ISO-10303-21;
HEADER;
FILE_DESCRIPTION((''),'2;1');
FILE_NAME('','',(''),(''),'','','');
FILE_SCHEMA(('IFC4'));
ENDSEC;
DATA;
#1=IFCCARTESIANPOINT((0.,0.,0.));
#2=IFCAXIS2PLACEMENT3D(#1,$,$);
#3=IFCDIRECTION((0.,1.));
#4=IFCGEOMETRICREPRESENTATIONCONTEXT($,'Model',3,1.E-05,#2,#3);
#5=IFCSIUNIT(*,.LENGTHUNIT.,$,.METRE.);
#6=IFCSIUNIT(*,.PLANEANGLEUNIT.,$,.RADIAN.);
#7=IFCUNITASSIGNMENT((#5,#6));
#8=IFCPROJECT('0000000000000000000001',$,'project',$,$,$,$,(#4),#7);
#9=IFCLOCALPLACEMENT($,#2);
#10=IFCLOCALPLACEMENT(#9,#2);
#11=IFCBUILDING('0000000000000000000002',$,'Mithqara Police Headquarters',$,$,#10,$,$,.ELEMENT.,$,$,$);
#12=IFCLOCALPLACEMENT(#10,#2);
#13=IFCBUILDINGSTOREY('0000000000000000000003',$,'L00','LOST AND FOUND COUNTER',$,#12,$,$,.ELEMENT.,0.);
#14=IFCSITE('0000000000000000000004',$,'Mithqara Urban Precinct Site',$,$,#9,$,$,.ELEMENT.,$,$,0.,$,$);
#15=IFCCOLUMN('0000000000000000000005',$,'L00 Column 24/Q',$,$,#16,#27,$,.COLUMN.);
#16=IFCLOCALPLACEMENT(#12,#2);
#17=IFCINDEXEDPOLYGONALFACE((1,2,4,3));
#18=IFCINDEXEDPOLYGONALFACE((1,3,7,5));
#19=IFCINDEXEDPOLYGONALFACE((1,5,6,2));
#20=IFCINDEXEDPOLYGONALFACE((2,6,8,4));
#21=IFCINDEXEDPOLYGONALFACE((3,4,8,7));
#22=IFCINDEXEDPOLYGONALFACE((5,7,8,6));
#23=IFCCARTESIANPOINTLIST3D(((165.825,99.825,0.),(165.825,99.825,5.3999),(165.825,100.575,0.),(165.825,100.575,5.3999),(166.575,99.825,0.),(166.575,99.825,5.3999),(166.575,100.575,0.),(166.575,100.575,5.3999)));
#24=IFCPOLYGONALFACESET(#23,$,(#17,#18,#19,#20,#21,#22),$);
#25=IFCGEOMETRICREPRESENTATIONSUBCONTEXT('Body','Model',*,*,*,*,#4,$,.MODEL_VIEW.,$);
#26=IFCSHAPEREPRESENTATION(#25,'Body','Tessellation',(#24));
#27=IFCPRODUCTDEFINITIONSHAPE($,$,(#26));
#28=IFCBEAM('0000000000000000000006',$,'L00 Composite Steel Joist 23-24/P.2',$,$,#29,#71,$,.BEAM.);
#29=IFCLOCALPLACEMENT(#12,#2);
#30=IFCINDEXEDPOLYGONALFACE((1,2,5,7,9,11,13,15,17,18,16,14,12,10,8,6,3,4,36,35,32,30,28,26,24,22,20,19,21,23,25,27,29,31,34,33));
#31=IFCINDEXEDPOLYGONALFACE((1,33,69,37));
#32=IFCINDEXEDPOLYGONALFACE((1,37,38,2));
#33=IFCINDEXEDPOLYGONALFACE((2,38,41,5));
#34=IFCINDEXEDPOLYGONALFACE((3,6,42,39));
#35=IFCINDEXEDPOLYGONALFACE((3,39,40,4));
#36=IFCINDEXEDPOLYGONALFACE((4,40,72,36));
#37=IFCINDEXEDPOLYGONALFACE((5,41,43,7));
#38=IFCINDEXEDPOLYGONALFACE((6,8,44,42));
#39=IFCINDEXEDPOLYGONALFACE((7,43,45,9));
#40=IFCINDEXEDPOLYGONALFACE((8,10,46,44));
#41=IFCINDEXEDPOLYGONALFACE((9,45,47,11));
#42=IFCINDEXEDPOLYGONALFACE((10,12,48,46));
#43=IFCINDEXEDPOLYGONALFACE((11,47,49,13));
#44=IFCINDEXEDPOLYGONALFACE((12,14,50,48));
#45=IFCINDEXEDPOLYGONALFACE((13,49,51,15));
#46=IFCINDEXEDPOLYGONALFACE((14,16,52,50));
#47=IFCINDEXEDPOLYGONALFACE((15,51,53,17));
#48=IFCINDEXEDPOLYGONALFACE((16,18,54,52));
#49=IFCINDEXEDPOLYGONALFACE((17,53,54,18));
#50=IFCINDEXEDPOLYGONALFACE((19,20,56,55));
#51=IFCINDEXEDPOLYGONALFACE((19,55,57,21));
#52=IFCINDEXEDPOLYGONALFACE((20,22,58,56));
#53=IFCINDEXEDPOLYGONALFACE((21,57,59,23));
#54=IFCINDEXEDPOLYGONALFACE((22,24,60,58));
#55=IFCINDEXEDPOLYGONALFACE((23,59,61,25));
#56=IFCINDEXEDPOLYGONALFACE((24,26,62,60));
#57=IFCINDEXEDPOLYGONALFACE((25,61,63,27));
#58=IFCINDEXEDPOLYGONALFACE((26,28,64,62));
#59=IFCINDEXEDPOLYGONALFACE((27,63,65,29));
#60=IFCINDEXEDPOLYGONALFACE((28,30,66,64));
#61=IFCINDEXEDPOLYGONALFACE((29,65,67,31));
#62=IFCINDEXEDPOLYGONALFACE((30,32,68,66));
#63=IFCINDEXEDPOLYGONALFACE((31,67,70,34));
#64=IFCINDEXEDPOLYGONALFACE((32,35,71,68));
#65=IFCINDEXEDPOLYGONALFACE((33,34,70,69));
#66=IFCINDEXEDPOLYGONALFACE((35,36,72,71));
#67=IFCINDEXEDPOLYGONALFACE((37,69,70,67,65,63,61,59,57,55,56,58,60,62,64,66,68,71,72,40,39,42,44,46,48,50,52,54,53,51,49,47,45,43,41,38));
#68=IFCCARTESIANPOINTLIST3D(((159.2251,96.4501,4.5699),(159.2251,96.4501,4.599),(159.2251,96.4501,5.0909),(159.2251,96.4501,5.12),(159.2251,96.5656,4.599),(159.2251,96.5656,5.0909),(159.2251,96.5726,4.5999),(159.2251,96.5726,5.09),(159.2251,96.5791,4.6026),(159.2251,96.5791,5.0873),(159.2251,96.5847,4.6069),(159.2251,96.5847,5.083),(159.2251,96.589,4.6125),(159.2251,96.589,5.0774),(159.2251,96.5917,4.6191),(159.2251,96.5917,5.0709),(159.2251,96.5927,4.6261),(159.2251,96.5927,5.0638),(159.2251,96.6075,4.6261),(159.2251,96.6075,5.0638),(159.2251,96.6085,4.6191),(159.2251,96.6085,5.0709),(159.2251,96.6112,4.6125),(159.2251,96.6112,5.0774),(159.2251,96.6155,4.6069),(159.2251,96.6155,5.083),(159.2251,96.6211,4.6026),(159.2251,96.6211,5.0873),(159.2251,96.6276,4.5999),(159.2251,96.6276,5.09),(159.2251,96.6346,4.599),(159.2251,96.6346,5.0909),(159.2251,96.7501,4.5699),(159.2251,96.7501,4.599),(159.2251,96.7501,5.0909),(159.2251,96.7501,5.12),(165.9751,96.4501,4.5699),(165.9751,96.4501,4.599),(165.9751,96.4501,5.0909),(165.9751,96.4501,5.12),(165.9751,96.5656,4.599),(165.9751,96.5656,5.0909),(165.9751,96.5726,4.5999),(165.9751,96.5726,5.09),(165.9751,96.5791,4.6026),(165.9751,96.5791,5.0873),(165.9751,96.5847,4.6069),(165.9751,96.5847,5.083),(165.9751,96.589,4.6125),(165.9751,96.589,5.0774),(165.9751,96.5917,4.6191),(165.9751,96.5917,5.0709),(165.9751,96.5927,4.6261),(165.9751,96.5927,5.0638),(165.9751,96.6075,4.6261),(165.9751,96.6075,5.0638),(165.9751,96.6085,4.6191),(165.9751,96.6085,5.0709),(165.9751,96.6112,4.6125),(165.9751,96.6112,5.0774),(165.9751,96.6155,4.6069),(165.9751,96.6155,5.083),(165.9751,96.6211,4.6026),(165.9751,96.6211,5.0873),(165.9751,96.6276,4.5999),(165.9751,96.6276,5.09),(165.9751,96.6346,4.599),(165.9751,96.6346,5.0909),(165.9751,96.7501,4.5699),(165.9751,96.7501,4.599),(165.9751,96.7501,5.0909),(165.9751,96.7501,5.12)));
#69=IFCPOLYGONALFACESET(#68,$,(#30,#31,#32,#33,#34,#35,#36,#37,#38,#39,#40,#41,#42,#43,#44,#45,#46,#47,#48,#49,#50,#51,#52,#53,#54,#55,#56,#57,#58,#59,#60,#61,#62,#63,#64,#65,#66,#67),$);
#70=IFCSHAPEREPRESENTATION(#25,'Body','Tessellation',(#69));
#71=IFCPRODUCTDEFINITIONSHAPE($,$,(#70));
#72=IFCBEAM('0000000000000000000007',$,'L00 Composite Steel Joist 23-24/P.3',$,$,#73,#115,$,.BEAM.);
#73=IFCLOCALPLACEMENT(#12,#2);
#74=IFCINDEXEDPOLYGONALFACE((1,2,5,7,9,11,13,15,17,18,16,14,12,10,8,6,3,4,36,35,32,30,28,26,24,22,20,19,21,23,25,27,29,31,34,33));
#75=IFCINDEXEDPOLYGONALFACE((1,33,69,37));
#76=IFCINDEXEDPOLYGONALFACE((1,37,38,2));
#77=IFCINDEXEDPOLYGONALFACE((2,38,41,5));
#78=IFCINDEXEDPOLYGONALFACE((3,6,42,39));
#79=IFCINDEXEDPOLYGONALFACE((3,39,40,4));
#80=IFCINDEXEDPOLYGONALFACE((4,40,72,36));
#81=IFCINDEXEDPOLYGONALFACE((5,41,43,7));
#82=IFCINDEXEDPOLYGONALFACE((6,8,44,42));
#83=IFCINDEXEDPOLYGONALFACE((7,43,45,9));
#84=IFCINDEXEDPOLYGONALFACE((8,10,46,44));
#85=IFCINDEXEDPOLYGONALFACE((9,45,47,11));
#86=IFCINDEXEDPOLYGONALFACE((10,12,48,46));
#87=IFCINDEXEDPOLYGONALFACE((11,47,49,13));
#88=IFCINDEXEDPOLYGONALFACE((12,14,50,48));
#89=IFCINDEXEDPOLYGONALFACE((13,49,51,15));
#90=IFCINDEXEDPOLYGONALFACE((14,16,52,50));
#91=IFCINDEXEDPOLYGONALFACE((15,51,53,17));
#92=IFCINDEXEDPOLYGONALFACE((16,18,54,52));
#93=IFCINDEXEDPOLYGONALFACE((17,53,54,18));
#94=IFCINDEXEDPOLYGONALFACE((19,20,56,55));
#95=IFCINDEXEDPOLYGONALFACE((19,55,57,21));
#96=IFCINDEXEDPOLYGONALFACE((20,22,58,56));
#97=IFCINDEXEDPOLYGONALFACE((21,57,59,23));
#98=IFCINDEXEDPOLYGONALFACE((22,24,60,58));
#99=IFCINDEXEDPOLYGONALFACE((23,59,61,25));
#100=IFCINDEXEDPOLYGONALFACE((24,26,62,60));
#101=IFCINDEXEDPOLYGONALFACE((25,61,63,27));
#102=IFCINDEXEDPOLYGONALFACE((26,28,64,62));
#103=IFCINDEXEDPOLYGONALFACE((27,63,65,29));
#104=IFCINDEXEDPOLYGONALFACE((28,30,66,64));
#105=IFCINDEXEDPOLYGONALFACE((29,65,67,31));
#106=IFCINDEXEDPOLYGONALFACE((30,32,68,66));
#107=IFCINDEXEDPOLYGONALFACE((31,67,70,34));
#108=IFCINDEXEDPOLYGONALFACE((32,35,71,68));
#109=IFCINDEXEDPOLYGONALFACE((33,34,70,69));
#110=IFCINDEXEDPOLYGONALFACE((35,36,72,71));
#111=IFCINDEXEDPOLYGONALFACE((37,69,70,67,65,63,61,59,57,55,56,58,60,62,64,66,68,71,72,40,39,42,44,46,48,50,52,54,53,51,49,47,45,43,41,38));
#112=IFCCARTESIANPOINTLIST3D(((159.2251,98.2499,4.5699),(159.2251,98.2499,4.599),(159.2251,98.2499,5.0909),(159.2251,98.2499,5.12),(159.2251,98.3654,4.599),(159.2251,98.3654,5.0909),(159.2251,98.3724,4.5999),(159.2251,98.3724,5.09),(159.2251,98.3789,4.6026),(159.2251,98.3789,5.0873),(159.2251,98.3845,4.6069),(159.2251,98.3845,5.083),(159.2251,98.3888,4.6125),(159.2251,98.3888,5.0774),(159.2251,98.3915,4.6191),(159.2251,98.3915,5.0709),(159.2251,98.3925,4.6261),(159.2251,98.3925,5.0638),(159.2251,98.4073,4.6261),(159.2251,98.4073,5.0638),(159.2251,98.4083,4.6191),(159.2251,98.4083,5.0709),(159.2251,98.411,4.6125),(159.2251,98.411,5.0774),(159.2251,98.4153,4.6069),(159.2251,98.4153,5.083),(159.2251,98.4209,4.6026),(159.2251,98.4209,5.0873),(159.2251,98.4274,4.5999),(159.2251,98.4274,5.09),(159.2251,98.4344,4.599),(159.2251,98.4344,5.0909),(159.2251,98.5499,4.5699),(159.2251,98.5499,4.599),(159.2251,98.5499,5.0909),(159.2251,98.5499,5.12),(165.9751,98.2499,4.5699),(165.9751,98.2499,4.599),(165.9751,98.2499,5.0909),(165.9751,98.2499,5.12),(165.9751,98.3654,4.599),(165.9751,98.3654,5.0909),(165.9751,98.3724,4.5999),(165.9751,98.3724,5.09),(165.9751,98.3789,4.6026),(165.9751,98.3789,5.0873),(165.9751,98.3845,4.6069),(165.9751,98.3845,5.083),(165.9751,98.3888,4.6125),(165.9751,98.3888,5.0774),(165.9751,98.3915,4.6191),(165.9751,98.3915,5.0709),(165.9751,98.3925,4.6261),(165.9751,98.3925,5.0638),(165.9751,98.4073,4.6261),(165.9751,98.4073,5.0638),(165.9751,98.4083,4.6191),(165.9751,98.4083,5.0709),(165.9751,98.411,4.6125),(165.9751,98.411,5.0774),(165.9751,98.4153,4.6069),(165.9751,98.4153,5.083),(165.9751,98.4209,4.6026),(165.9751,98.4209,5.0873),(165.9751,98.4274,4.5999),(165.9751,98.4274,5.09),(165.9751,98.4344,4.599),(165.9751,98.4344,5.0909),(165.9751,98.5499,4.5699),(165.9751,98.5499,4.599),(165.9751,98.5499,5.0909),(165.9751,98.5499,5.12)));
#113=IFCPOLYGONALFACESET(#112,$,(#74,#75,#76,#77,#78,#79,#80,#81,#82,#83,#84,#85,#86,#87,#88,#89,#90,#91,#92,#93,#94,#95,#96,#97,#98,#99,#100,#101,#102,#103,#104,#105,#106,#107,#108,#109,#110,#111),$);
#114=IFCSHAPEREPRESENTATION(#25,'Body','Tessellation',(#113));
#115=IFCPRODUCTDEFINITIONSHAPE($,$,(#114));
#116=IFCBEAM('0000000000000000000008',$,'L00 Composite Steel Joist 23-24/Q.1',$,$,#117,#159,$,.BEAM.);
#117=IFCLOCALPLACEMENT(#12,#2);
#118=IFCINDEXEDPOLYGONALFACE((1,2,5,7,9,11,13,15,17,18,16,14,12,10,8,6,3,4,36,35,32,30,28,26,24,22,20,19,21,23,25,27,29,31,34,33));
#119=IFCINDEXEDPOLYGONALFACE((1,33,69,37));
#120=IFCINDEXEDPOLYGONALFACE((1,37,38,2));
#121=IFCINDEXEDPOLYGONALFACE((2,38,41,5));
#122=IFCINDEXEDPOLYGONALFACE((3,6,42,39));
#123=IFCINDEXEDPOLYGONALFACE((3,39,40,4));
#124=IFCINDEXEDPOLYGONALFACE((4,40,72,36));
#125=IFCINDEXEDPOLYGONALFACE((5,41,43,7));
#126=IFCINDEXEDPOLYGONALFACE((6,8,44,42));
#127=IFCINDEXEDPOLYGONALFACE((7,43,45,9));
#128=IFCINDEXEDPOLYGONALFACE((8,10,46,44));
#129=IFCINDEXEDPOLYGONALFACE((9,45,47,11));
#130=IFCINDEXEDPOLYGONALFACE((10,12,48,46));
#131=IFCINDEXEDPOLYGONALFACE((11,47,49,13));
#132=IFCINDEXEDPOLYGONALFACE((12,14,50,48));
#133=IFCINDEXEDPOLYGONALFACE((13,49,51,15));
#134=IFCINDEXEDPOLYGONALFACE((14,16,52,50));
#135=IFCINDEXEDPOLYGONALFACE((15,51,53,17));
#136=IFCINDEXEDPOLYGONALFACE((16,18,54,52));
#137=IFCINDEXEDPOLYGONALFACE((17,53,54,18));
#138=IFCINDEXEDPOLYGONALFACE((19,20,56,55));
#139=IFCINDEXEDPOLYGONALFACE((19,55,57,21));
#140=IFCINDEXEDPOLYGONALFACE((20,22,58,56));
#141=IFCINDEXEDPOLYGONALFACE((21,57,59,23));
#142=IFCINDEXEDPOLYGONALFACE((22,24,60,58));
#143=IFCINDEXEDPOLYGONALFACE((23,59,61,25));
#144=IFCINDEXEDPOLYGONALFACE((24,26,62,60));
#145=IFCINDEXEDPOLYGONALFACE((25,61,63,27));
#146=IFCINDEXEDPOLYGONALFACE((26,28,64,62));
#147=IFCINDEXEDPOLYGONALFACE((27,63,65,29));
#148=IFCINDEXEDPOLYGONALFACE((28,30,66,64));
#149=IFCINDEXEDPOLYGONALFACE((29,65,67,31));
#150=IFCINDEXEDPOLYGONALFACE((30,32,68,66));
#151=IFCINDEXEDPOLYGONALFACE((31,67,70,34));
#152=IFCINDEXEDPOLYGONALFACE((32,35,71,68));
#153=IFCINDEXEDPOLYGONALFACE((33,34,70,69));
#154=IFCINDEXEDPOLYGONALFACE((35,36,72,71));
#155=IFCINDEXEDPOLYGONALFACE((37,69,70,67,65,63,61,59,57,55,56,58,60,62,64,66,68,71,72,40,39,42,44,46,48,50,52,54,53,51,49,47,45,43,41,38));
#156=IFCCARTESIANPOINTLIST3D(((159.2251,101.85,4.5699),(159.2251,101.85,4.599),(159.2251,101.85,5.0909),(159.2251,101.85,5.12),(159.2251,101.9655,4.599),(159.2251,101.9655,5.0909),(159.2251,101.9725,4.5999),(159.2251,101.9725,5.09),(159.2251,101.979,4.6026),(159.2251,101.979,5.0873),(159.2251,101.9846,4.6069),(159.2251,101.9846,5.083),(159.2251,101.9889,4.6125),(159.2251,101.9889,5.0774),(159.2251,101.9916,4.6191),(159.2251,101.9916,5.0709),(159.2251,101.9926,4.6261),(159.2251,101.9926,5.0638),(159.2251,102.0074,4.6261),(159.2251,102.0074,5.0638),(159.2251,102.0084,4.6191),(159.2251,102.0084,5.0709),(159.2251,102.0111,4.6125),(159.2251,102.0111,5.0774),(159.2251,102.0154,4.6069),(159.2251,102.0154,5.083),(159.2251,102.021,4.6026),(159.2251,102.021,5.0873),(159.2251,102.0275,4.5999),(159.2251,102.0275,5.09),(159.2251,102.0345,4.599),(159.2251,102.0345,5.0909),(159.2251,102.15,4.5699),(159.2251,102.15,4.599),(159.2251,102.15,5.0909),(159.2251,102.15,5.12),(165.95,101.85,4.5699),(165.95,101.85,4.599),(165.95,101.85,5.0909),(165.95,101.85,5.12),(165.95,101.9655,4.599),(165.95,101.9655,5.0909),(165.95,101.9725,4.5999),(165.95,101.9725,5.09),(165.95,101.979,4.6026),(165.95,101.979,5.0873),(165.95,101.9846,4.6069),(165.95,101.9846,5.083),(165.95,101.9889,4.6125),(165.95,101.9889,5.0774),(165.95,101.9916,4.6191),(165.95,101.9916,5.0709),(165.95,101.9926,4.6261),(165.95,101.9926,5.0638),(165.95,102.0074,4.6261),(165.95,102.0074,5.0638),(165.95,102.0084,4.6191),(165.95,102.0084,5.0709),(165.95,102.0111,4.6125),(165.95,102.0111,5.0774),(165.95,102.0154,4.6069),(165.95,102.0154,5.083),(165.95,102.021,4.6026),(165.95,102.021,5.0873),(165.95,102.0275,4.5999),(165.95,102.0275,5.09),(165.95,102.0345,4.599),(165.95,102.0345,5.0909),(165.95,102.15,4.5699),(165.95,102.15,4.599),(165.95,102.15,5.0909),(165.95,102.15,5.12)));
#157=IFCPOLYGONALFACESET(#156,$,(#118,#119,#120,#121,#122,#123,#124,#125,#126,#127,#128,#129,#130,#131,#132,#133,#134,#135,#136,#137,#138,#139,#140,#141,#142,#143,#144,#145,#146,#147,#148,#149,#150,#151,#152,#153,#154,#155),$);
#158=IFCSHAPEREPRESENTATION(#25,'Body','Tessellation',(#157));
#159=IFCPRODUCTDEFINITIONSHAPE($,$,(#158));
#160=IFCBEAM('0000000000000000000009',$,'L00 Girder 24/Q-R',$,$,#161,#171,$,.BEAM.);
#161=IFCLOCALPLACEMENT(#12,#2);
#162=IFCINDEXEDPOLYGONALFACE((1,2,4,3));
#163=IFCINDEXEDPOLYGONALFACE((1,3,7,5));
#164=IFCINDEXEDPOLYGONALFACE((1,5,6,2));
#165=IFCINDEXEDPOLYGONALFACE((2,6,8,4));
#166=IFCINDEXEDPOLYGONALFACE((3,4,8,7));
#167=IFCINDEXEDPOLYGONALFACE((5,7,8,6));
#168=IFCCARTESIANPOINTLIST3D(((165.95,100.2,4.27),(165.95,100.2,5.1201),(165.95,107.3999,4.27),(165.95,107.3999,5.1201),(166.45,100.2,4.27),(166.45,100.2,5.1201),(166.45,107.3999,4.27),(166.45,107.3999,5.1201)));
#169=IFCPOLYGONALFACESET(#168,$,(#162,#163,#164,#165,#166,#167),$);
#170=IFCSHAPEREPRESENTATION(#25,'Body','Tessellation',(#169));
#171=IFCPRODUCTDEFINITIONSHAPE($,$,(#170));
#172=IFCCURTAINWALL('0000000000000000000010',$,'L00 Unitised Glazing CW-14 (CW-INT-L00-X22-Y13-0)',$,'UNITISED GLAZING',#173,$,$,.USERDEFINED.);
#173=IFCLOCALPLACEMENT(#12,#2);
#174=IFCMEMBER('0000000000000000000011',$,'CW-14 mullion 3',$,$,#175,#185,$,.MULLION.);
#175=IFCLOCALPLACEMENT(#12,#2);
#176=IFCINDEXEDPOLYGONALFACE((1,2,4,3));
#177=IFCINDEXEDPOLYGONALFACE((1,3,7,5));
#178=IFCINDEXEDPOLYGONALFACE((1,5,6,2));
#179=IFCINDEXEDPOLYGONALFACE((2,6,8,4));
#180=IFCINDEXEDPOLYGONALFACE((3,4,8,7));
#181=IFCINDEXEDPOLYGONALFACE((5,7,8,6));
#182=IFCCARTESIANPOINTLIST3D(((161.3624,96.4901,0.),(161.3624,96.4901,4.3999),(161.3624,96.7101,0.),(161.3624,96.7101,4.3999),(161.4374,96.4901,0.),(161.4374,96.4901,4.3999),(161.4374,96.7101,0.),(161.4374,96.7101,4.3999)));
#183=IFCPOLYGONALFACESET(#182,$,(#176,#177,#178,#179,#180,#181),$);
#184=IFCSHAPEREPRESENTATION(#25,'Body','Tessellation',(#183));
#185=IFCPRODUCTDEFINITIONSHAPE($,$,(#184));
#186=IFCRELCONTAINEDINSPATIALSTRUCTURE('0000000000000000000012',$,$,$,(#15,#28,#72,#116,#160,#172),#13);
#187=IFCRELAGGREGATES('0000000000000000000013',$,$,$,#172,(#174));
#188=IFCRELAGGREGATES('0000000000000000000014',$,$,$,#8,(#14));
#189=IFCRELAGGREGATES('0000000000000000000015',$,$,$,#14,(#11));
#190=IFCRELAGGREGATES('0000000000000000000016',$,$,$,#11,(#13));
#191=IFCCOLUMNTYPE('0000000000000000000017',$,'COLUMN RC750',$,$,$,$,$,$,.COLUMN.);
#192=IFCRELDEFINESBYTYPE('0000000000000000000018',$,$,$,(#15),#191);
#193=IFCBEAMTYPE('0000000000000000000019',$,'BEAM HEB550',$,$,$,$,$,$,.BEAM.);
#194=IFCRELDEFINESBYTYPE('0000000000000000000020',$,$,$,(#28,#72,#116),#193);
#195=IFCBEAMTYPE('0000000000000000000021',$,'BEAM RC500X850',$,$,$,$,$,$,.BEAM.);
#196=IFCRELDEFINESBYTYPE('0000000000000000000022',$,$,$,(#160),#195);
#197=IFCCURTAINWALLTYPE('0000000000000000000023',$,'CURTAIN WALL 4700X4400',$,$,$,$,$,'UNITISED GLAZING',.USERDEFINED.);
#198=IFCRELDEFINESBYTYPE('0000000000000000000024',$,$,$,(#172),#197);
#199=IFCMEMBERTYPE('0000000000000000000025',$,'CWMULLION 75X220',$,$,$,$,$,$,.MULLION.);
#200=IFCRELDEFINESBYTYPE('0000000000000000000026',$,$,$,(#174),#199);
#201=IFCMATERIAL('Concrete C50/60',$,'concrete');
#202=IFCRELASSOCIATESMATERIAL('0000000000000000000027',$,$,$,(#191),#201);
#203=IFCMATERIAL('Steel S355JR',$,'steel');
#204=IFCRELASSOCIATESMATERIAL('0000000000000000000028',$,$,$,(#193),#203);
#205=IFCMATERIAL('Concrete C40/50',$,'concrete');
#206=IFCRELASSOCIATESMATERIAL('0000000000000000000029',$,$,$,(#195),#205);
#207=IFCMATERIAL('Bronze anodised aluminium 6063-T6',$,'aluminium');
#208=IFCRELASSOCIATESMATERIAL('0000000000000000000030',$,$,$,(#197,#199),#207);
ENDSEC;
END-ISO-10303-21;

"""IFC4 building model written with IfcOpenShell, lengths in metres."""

from ifc_helpers import new_model, si_unit, direction, frame, origin, origin_2d, place, context, subcontext, project, spatial, rectangle, i_section, extrude, material, material_profile, profile_set, type_object, element, aggregate, save


model = new_model("IFC4")

# Units and contexts
model_context = context("Model", 3, precision=1e-05, world=origin(), true_north=direction((0.0, 1.0)))
body_context = subcontext(model_context, "Body", "Model", "MODEL_VIEW")
ifc_project = project(units=[si_unit("LENGTHUNIT", "METRE"), si_unit("PLANEANGLEUNIT", "RADIAN")], contexts=[model_context])

# Site, building, storey
site_placement = place(None, origin())
site = spatial("IfcSite", under=ifc_project, at=site_placement, Name="Mithqara Urban Precinct Site", CompositionType="ELEMENT", RefElevation=0.0)
building_placement = place(site_placement, origin())
building = spatial("IfcBuilding", under=site, at=building_placement, Name="Mithqara Police Headquarters", CompositionType="ELEMENT")
storey_placement = place(building_placement, origin())
storey = spatial("IfcBuildingStorey", under=building, at=storey_placement, Name="L00", Description="LOST AND FOUND COUNTER", CompositionType="ELEMENT", Elevation=0.0)

# Column
ifc_material_1 = material(Name="Concrete C50/60", Category="concrete")
ifc_material_profile_1 = material_profile(ifc_material_1, rectangle(XDim=0.75, YDim=0.75, at=origin_2d()), Name="RC 750x750")
ifc_profile_set_1 = profile_set([ifc_material_profile_1], Name="Concrete C50/60")
column_type = type_object("IfcColumnType", Name="COLUMN RC750", PredefinedType="COLUMN", material=ifc_profile_set_1)
column_placement = place(storey_placement, frame((166.2, 100.2, 0.0), z_axis=(0.0, 0.0, 1.0), x_axis=(1.0, 0.0, 0.0)))
element("IfcColumn", 1, at=column_placement, inside=storey, type_object=column_type, Name="L00 Column 24/Q", PredefinedType="COLUMN", context=body_context, shape_type="SweptSolid", body=[
    extrude(rectangle(XDim=0.75, YDim=0.75, at=origin_2d()), origin(), (0.0, 0.0, 1.0), 5.3999),
])

# Beams
ifc_material_2 = material(Name="Steel S355JR", Category="steel")
ifc_material_profile_2 = material_profile(ifc_material_2, i_section(OverallWidth=0.3, OverallDepth=0.55, WebThickness=0.0149, FlangeThickness=0.0291, FilletRadius=0.0271, at=origin_2d()), Name="HEB 550")
ifc_profile_set_2 = profile_set([ifc_material_profile_2], Name="Steel S355JR")
beam_type_1 = type_object("IfcBeamType", Name="BEAM HEB550", PredefinedType="BEAM", material=ifc_profile_set_2)
for number, where, z_axis, x_axis, name in (
    (2, (159.2251, 96.6001, 4.845), (1.0, 0.0, 0.0), (0.0, 1.0, 0.0), "L00 Composite Steel Joist 23-24/P.2"),
    (3, (159.2251, 98.3999, 4.845), (1.0, 0.0, 0.0), (0.0, 1.0, 0.0), "L00 Composite Steel Joist 23-24/P.3"),
):
    element("IfcBeam", number, at=place(storey_placement, frame(where, z_axis=z_axis, x_axis=x_axis)), inside=storey, type_object=beam_type_1, Name=name, PredefinedType="BEAM", context=body_context, shape_type="SweptSolid", body=[
        extrude(i_section(OverallWidth=0.3, OverallDepth=0.55, WebThickness=0.0149, FlangeThickness=0.0291, FilletRadius=0.0271, at=origin_2d()), origin(), (0.0, 0.0, 1.0), 6.75),
    ])
beam_1_placement = place(storey_placement, frame((159.2251, 102.0, 4.845), z_axis=(1.0, 0.0, 0.0), x_axis=(0.0, 1.0, 0.0)))
element("IfcBeam", 4, at=beam_1_placement, inside=storey, type_object=beam_type_1, Name="L00 Composite Steel Joist 23-24/Q.1", PredefinedType="BEAM", context=body_context, shape_type="SweptSolid", body=[
    extrude(i_section(OverallWidth=0.3, OverallDepth=0.55, WebThickness=0.0149, FlangeThickness=0.0291, FilletRadius=0.0271, at=origin_2d()), origin(), (0.0, 0.0, 1.0), 6.7249),
])
ifc_material_3 = material(Name="Concrete C40/50", Category="concrete")
ifc_material_profile_3 = material_profile(ifc_material_3, rectangle(XDim=0.5, YDim=0.8501, at=origin_2d()), Name="RC 500x850")
ifc_profile_set_3 = profile_set([ifc_material_profile_3], Name="Concrete C40/50")
beam_type_2 = type_object("IfcBeamType", Name="BEAM RC500X850", PredefinedType="BEAM", material=ifc_profile_set_3)
beam_2_placement = place(storey_placement, frame((166.2, 100.2, 4.6951), z_axis=(0.0, 1.0, 0.0), x_axis=(-1.0, 0.0, 0.0)))
element("IfcBeam", 5, at=beam_2_placement, inside=storey, type_object=beam_type_2, Name="L00 Girder 24/Q-R", PredefinedType="BEAM", context=body_context, shape_type="SweptSolid", body=[
    extrude(rectangle(XDim=0.5, YDim=0.8501, at=origin_2d()), origin(), (0.0, 0.0, 1.0), 7.2),
])

# Curtain wall, member
ifc_material_4 = material(Name="Bronze anodised aluminium 6063-T6", Category="aluminium")
curtain_wall_type = type_object("IfcCurtainWallType", Name="CURTAIN WALL 4700X4400", ElementType="UNITISED GLAZING", PredefinedType="USERDEFINED", material=ifc_material_4)
curtain_wall_1_placement = place(storey_placement, origin())
curtain_wall_1 = element("IfcCurtainWall", 6, at=curtain_wall_1_placement, inside=storey, type_object=curtain_wall_type, Name="L00 Unitised Glazing CW-14 (CW-INT-L00-X22-Y13-0)", ObjectType="UNITISED GLAZING", PredefinedType="USERDEFINED")
ifc_material_profile_4 = material_profile(ifc_material_4, rectangle(XDim=0.075, YDim=0.22, at=origin_2d()), Name="CWM 75x220")
ifc_profile_set_4 = profile_set([ifc_material_profile_4], Name="Bronze anodised aluminium 6063-T6")
member_type_1 = type_object("IfcMemberType", Name="CWMULLION 75X220", PredefinedType="MULLION", material=ifc_profile_set_4)
member_1_placement = place(storey_placement, frame((161.3999, 96.6001, 0.0), z_axis=(0.0, 0.0, 1.0), x_axis=(-1.0, 0.0, 0.0)))
member_1 = element("IfcMember", 7, at=member_1_placement, type_object=member_type_1, Name="CW-14 mullion 3", PredefinedType="MULLION", context=body_context, shape_type="SweptSolid", body=[
    extrude(rectangle(XDim=0.075, YDim=0.22, at=origin_2d()), origin(), (0.0, 0.0, 1.0), 4.3999),
])

aggregate(curtain_wall_1, [member_1])

save(model, "model.ifc")
